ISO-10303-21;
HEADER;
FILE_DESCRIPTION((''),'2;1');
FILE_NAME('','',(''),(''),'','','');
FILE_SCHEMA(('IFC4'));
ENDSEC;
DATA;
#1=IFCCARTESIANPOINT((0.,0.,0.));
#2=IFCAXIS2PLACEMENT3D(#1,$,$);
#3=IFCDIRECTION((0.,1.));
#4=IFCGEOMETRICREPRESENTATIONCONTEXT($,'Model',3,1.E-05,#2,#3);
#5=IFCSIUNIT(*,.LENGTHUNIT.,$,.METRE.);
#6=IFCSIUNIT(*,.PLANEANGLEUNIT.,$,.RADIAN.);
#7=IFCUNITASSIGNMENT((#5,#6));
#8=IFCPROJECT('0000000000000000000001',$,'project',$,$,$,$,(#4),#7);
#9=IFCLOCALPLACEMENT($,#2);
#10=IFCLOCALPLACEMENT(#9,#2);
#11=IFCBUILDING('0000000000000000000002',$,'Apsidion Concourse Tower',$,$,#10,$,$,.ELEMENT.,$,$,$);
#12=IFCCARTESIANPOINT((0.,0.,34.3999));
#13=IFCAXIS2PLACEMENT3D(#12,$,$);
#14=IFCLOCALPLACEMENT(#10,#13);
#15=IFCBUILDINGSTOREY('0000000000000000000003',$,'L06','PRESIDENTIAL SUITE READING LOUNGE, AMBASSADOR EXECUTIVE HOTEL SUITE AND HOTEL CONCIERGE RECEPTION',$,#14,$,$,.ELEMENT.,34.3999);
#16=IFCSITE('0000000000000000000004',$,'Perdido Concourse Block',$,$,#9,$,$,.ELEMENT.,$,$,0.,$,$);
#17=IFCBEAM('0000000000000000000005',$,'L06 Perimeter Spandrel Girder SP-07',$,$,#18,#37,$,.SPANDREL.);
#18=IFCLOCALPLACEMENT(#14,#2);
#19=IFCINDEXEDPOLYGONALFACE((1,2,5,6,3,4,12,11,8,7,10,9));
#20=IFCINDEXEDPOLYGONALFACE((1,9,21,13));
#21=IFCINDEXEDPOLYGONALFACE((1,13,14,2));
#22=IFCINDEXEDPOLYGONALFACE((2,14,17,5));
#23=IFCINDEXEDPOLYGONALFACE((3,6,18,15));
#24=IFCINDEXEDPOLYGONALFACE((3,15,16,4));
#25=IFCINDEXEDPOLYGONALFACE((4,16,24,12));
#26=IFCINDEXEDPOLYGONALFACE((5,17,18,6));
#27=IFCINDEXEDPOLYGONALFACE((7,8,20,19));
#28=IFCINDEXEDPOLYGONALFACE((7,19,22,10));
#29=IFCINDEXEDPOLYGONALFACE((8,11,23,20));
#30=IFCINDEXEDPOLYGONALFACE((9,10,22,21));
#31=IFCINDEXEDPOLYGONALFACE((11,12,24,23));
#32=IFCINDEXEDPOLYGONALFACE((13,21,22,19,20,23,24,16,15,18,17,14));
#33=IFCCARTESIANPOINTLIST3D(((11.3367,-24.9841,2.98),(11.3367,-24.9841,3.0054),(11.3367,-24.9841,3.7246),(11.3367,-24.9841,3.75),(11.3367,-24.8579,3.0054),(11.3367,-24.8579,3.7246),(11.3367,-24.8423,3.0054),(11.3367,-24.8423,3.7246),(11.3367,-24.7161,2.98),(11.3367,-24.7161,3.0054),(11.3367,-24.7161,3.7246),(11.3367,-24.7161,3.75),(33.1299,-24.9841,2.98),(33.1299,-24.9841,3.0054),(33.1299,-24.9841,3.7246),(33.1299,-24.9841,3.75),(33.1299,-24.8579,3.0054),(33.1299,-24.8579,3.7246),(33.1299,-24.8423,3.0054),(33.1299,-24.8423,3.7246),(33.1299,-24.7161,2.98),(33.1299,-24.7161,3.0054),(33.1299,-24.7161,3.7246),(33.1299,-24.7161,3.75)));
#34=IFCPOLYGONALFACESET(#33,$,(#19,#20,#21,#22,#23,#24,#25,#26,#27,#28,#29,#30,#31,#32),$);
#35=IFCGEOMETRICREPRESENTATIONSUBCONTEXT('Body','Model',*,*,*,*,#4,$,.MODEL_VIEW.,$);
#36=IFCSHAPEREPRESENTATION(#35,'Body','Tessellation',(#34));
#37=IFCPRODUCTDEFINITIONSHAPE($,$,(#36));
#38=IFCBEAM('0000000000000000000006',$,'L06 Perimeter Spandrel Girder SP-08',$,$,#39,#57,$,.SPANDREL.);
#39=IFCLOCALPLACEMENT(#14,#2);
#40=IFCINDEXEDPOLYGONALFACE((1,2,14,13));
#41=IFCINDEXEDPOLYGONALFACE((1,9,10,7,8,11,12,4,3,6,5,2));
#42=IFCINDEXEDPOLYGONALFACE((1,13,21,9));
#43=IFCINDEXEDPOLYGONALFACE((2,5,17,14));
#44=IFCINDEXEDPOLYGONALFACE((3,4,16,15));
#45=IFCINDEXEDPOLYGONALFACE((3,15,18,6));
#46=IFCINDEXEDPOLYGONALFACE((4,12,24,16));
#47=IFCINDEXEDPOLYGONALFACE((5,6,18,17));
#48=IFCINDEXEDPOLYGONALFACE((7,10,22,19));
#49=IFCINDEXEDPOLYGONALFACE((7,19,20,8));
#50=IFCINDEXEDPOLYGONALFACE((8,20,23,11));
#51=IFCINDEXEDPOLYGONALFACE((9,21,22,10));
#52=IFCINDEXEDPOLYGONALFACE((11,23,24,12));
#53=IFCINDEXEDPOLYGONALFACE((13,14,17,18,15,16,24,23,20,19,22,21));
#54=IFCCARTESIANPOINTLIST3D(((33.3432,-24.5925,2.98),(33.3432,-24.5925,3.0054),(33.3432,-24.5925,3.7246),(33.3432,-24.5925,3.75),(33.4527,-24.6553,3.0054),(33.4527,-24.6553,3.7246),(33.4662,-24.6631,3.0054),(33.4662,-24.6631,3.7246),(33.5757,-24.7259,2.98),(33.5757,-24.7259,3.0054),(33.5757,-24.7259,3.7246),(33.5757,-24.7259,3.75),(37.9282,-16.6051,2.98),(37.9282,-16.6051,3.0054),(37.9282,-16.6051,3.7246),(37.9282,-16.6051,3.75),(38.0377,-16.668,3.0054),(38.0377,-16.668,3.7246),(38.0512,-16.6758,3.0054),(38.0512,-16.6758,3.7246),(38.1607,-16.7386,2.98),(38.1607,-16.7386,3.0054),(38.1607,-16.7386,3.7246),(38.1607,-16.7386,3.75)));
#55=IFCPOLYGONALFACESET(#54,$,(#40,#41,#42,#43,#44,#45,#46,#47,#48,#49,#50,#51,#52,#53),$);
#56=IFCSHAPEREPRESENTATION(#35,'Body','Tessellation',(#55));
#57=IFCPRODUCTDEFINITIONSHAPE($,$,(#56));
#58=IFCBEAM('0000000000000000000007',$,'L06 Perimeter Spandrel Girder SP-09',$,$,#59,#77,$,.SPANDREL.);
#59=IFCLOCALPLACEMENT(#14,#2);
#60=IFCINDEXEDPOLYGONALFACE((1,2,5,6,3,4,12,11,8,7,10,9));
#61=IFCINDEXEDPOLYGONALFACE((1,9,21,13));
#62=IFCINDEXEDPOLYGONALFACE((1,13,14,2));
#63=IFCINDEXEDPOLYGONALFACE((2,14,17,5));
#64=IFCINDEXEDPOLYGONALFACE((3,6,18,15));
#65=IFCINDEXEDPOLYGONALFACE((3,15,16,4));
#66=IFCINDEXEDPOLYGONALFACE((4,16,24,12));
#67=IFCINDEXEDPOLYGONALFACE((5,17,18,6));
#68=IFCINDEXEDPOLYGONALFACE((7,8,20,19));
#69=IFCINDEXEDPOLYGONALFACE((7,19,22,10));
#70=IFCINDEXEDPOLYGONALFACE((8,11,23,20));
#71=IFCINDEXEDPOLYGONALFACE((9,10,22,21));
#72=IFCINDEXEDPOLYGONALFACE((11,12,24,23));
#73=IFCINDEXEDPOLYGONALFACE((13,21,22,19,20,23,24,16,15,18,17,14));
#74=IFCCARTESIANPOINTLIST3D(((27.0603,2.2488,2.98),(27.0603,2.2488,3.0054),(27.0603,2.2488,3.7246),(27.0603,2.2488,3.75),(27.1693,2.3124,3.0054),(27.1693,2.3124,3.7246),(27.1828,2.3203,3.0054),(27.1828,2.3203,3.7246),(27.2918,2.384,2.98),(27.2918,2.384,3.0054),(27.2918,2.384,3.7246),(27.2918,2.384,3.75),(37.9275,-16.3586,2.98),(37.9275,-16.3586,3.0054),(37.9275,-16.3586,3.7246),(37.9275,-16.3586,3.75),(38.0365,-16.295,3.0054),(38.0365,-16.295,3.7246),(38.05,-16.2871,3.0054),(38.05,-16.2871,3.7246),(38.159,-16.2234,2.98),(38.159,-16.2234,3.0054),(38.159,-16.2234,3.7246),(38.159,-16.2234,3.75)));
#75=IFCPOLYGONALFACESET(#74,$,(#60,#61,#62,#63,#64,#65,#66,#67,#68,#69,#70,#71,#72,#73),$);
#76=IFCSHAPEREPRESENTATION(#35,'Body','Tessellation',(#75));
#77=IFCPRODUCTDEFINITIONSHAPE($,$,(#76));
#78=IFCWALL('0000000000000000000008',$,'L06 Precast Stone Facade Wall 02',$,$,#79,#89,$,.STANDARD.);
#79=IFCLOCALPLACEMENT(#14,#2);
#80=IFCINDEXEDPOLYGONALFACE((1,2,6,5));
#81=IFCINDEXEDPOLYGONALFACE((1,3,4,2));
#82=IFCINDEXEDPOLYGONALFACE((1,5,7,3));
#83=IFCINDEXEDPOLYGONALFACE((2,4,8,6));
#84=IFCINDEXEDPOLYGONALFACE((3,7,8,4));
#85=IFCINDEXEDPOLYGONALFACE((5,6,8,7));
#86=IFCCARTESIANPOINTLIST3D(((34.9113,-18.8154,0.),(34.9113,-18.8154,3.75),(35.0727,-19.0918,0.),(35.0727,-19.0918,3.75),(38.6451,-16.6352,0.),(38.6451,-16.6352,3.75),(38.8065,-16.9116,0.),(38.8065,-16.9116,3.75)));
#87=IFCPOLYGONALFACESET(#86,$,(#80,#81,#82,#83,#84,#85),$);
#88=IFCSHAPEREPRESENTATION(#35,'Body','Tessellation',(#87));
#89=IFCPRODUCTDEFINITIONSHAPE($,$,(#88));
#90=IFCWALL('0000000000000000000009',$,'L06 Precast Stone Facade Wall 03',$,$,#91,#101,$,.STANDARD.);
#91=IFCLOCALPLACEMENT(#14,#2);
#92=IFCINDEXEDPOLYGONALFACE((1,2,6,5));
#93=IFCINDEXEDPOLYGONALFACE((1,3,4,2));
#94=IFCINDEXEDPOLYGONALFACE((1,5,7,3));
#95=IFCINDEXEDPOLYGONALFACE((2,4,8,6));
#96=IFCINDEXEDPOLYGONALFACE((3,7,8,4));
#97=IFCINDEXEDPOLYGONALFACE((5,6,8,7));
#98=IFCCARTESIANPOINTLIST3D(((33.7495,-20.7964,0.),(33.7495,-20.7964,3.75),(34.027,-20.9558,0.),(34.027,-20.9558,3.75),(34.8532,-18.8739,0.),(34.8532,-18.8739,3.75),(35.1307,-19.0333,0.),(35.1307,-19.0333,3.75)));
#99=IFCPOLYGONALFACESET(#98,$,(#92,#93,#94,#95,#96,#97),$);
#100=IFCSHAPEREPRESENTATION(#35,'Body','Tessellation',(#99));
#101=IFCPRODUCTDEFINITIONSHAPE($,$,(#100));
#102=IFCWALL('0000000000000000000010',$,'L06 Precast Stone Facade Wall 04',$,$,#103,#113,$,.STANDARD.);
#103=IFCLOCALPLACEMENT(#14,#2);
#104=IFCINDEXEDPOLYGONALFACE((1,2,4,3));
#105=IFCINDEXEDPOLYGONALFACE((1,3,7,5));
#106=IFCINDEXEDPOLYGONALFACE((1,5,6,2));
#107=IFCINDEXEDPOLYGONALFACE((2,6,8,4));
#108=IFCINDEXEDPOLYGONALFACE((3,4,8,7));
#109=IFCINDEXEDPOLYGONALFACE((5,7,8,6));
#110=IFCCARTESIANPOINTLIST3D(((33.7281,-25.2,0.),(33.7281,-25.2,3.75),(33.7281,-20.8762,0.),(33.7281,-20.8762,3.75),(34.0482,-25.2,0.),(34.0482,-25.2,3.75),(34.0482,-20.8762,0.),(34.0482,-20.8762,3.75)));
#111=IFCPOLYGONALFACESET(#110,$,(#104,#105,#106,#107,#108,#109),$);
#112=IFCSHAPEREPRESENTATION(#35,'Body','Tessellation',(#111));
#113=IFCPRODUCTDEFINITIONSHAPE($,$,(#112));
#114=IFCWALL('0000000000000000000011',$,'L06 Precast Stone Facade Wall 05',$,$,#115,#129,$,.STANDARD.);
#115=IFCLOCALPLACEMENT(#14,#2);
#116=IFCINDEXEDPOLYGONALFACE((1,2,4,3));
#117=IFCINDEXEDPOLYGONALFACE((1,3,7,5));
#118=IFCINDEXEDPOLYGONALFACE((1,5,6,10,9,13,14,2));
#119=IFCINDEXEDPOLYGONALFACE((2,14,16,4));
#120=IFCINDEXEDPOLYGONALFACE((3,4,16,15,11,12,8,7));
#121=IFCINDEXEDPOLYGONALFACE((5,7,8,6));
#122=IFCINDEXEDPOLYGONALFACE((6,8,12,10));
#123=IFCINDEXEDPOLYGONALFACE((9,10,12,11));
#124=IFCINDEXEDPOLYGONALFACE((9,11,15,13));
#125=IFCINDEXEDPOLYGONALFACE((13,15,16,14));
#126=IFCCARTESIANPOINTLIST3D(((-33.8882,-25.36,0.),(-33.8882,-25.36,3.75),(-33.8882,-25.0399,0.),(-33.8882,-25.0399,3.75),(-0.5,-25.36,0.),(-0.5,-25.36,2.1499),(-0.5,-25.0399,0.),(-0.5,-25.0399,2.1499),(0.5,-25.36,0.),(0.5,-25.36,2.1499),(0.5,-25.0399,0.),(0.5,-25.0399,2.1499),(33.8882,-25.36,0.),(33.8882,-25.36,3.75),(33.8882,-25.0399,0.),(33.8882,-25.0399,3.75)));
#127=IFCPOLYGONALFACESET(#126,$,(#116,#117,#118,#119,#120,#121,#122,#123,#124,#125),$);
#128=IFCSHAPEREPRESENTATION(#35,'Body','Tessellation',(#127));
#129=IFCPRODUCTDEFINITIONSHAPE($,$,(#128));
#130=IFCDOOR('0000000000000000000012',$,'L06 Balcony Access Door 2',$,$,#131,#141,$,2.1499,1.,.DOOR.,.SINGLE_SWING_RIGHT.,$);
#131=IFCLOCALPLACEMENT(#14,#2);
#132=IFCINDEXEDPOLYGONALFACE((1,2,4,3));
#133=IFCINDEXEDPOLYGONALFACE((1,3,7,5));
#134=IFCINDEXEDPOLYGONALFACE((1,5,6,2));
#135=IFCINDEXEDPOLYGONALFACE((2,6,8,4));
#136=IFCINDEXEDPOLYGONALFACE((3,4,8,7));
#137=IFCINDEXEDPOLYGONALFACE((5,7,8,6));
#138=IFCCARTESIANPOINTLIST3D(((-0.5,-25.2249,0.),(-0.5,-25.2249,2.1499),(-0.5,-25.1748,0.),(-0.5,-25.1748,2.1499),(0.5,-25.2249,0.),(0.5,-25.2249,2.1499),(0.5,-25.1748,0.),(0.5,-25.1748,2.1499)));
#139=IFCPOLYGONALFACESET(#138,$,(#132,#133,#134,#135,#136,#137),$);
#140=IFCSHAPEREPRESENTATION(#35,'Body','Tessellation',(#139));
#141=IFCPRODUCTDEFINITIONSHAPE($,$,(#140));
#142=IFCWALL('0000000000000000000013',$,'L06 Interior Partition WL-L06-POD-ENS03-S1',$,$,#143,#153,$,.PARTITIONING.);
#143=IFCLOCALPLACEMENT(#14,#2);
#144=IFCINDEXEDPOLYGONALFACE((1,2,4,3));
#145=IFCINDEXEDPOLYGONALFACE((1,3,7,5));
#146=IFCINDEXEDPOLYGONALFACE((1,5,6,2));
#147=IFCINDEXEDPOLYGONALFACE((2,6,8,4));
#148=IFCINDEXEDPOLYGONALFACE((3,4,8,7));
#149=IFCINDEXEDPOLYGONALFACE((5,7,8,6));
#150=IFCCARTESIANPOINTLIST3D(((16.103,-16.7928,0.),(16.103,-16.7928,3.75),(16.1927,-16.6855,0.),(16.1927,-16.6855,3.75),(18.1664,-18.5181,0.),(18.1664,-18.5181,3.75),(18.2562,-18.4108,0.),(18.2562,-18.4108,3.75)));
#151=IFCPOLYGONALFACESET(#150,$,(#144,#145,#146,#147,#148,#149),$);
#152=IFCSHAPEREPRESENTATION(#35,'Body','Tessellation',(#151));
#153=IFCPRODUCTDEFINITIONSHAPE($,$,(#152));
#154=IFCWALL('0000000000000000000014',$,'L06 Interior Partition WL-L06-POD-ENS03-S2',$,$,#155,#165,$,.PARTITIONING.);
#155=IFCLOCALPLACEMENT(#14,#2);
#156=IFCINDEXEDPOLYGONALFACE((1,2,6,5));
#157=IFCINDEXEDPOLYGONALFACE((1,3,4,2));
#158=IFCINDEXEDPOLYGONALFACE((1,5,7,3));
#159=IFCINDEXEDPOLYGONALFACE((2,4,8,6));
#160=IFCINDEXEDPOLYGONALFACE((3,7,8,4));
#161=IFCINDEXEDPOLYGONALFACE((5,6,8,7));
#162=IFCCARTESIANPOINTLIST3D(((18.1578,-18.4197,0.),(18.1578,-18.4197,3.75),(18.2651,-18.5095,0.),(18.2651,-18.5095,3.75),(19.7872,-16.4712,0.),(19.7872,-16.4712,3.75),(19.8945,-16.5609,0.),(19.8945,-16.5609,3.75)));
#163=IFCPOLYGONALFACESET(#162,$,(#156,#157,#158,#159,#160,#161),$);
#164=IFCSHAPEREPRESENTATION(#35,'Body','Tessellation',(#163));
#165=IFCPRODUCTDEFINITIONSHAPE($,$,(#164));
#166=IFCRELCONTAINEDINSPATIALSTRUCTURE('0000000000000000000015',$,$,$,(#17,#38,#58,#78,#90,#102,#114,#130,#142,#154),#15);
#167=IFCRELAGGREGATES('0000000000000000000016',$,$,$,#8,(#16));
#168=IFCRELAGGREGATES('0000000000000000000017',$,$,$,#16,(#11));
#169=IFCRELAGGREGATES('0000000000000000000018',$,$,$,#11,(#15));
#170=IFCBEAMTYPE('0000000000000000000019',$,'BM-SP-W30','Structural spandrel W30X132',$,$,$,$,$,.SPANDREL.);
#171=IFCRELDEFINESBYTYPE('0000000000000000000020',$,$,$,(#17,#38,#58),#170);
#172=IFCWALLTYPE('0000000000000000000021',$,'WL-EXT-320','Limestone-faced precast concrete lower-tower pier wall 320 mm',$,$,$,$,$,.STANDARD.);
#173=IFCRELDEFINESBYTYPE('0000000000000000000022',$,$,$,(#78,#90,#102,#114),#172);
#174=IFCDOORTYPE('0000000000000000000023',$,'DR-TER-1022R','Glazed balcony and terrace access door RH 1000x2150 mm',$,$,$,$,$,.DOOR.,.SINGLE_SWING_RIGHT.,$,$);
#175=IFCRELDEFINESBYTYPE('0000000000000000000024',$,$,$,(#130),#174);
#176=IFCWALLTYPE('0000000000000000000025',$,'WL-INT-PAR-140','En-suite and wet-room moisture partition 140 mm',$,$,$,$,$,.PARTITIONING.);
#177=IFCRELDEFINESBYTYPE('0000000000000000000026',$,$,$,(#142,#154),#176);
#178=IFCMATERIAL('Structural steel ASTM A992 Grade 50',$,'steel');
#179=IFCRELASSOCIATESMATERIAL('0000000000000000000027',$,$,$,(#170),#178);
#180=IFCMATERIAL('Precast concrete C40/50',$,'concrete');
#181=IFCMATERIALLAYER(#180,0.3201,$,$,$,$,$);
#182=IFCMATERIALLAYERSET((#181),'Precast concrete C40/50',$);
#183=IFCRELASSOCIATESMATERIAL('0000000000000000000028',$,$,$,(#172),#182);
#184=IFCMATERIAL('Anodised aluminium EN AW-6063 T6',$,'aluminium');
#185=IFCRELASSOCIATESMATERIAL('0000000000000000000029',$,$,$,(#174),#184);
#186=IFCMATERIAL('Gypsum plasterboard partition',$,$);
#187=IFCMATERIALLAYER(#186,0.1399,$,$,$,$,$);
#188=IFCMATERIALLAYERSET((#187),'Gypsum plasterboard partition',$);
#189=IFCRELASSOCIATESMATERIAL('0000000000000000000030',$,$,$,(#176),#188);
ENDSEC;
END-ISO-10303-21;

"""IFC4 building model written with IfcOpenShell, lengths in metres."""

from ifc_helpers import new_model, si_unit, direction, frame, frame_2d, origin, origin_2d, place, context, subcontext, project, spatial, rectangle, i_section, extrude, material, layer, layer_set, material_profile, profile_set, type_object, element, fill, save


model = new_model("IFC4")

# Units and contexts
model_context = context("Model", 3, precision=1e-05, world=origin(), true_north=direction((0.0, 1.0)))
body_context = subcontext(model_context, "Body", "Model", "MODEL_VIEW")
ifc_project = project(units=[si_unit("LENGTHUNIT", "METRE"), si_unit("PLANEANGLEUNIT", "RADIAN")], contexts=[model_context])

# Site, building, storey
site_placement = place(None, origin())
site = spatial("IfcSite", under=ifc_project, at=site_placement, Name="Perdido Concourse Block", CompositionType="ELEMENT", RefElevation=0.0)
building_placement = place(site_placement, origin())
building = spatial("IfcBuilding", under=site, at=building_placement, Name="Apsidion Concourse Tower", CompositionType="ELEMENT")
storey_placement = place(building_placement, frame((0.0, 0.0, 34.3999)))
storey = spatial("IfcBuildingStorey", under=building, at=storey_placement, Name="L06", Description="PRESIDENTIAL SUITE READING LOUNGE, AMBASSADOR EXECUTIVE HOTEL SUITE AND HOTEL CONCIERGE RECEPTION", CompositionType="ELEMENT", Elevation=34.3999)

# Beams
ifc_material_1 = material(Name="Structural steel ASTM A992 Grade 50", Category="steel")
ifc_material_profile_1 = material_profile(ifc_material_1, i_section(OverallWidth=0.2681, OverallDepth=0.77, WebThickness=0.0156, FlangeThickness=0.0254, at=origin_2d()), Name="W30X132")
ifc_profile_set_1 = profile_set([ifc_material_profile_1], Name="Structural steel ASTM A992 Grade 50")
beam_type_1 = type_object("IfcBeamType", Name="BM-SP-W30", Description="Structural spandrel W30X132", PredefinedType="SPANDREL", material=ifc_profile_set_1)
beam_1_placement = place(storey_placement, frame((11.3367, -24.8501, 3.365), z_axis=(1.0, 0.0, 0.0), x_axis=(0.0, 1.0, 0.0)))
element("IfcBeam", 1, at=beam_1_placement, inside=storey, type_object=beam_type_1, Name="L06 Perimeter Spandrel Girder SP-07", PredefinedType="SPANDREL", context=body_context, shape_type="SweptSolid", body=[
    extrude(i_section(OverallWidth=0.2681, OverallDepth=0.77, WebThickness=0.0156, FlangeThickness=0.0254, at=origin_2d()), origin(), (0.0, 0.0, 1.0), 21.7932),
])
beam_2_placement = place(storey_placement, frame((33.4595, -24.6592, 3.365), z_axis=(0.497839, 0.867269, 0.0), x_axis=(-0.867269, 0.497839, 0.0)))
element("IfcBeam", 2, at=beam_2_placement, inside=storey, type_object=beam_type_1, Name="L06 Perimeter Spandrel Girder SP-08", PredefinedType="SPANDREL", context=body_context, shape_type="SweptSolid", body=[
    extrude(i_section(OverallWidth=0.2681, OverallDepth=0.77, WebThickness=0.0156, FlangeThickness=0.0254, at=origin_2d()), origin(), (0.0, 0.0, 1.0), 9.2097),
])
beam_3_placement = place(storey_placement, frame((38.0432, -16.291, 3.365), z_axis=(-0.504316, 0.863519, 0.0), x_axis=(-0.863519, -0.504316, 0.0)))
element("IfcBeam", 3, at=beam_3_placement, inside=storey, type_object=beam_type_1, Name="L06 Perimeter Spandrel Girder SP-09", PredefinedType="SPANDREL", context=body_context, shape_type="SweptSolid", body=[
    extrude(i_section(OverallWidth=0.2681, OverallDepth=0.77, WebThickness=0.0156, FlangeThickness=0.0254, at=origin_2d()), origin(), (0.0, 0.0, 1.0), 21.5483),
])

# Walls
ifc_material_2 = material(Name="Precast concrete C40/50", Category="concrete")
ifc_layer_1 = layer(ifc_material_2, 0.3201)
ifc_layer_set_1 = layer_set([ifc_layer_1], Name="Precast concrete C40/50")
wall_type_1 = type_object("IfcWallType", Name="WL-EXT-320", Description="Limestone-faced precast concrete lower-tower pier wall 320 mm", PredefinedType="STANDARD", material=ifc_layer_set_1)
wall_1_placement = place(storey_placement, frame((38.7258, -16.7734, 0.0), z_axis=(0.0, 0.0, 1.0), x_axis=(-0.86357, -0.504229, 0.0)))
element("IfcWall", 4, at=wall_1_placement, inside=storey, type_object=wall_type_1, Name="L06 Precast Stone Facade Wall 02", PredefinedType="STANDARD", context=body_context, shape_type="SweptSolid", body=[
    extrude(rectangle(XDim=4.3237, YDim=0.3201, at=frame_2d((2.1619, 0.0))), origin(), (0.0, 0.0, 1.0), 3.75),
])
wall_2_placement = place(storey_placement, frame((34.9919, -18.9536, 0.0), z_axis=(0.0, 0.0, 1.0), x_axis=(-0.497881, -0.867245, 0.0)))
element("IfcWall", 5, at=wall_2_placement, inside=storey, type_object=wall_type_1, Name="L06 Precast Stone Facade Wall 03", PredefinedType="STANDARD", context=body_context, shape_type="SweptSolid", body=[
    extrude(rectangle(XDim=2.2168, YDim=0.3201, at=frame_2d((1.1084, 0.0))), origin(), (0.0, 0.0, 1.0), 3.75),
])
wall_3_placement = place(storey_placement, frame((33.8882, -20.8762, 0.0), z_axis=(0.0, 0.0, 1.0), x_axis=(0.0, -1.0, 0.0)))
element("IfcWall", 6, at=wall_3_placement, inside=storey, type_object=wall_type_1, Name="L06 Precast Stone Facade Wall 04", PredefinedType="STANDARD", context=body_context, shape_type="SweptSolid", body=[
    extrude(rectangle(XDim=4.3237, YDim=0.3201, at=frame_2d((2.1619, 0.0))), origin(), (0.0, 0.0, 1.0), 3.75),
])

# Wall, opening, door
wall_4_placement = place(storey_placement, frame((33.8882, -25.2, 0.0), z_axis=(0.0, 0.0, 1.0), x_axis=(-1.0, 0.0, 0.0)))
wall_4 = element("IfcWall", 7, at=wall_4_placement, inside=storey, type_object=wall_type_1, Name="L06 Precast Stone Facade Wall 05", PredefinedType="STANDARD", context=body_context, shape_type="SweptSolid", body=[
    extrude(rectangle(XDim=67.7764, YDim=0.3201, at=frame_2d((33.8882, 0.0))), origin(), (0.0, 0.0, 1.0), 3.75),
])
opening_1_placement = place(wall_4_placement, frame((33.3882, 0.0, 0.0)))
opening_1 = element("IfcOpeningElement", 8, at=opening_1_placement, cuts=wall_4, PredefinedType="OPENING", context=body_context, shape_type="SweptSolid", body=[
    extrude(rectangle(XDim=1.0, YDim=2.1499, at=frame_2d((0.5, 1.075))), frame((0.0, 0.1699, 0.0), z_axis=(0.0, -1.0, 0.0), x_axis=(1.0, 0.0, 0.0)), (0.0, 0.0, 1.0), 0.3401),
])
ifc_material_3 = material(Name="Anodised aluminium EN AW-6063 T6", Category="aluminium")
door_type_1 = type_object("IfcDoorType", Name="DR-TER-1022R", Description="Glazed balcony and terrace access door RH 1000x2150 mm", OperationType="SINGLE_SWING_RIGHT", PredefinedType="DOOR", material=ifc_material_3)
door_1_placement = place(opening_1_placement, origin())
door_1 = element("IfcDoor", 9, at=door_1_placement, inside=storey, type_object=door_type_1, Name="L06 Balcony Access Door 2", OperationType="SINGLE_SWING_RIGHT", OverallHeight=2.1499, OverallWidth=1.0, PredefinedType="DOOR", context=body_context, shape_type="SweptSolid", body=[
    extrude(rectangle(XDim=1.0, YDim=2.1499, at=frame_2d((0.5, 1.075))), frame((0.0, 0.0249, 0.0), z_axis=(0.0, -1.0, 0.0), x_axis=(1.0, 0.0, 0.0)), (0.0, 0.0, 1.0), 0.05),
])
fill(opening_1, door_1)

# Walls
ifc_material_4 = material(Name="Gypsum plasterboard partition")
ifc_layer_2 = layer(ifc_material_4, 0.1399)
ifc_layer_set_2 = layer_set([ifc_layer_2], Name="Gypsum plasterboard partition")
wall_type_2 = type_object("IfcWallType", Name="WL-INT-PAR-140", Description="En-suite and wet-room moisture partition 140 mm", PredefinedType="PARTITIONING", material=ifc_layer_set_2)
wall_5_placement = place(storey_placement, frame((16.1479, -16.7393, 0.0), z_axis=(0.0, 0.0, 1.0), x_axis=(0.767164, -0.641451, 0.0)))
element("IfcWall", 10, at=wall_5_placement, inside=storey, type_object=wall_type_2, Name="L06 Interior Partition WL-L06-POD-ENS03-S1", PredefinedType="PARTITIONING", context=body_context, shape_type="SweptSolid", body=[
    extrude(rectangle(XDim=2.6897, YDim=0.1399, at=frame_2d((1.3447, 0.0))), origin(), (0.0, 0.0, 1.0), 3.75),
])
wall_6_placement = place(storey_placement, frame((18.2114, -18.4646, 0.0), z_axis=(0.0, 0.0, 1.0), x_axis=(0.641498, 0.767125, 0.0)))
element("IfcWall", 11, at=wall_6_placement, inside=storey, type_object=wall_type_2, Name="L06 Interior Partition WL-L06-POD-ENS03-S2", PredefinedType="PARTITIONING", context=body_context, shape_type="SweptSolid", body=[
    extrude(rectangle(XDim=2.54, YDim=0.1399, at=frame_2d((1.27, 0.0))), origin(), (0.0, 0.0, 1.0), 3.75),
])

save(model, "model.ifc")
